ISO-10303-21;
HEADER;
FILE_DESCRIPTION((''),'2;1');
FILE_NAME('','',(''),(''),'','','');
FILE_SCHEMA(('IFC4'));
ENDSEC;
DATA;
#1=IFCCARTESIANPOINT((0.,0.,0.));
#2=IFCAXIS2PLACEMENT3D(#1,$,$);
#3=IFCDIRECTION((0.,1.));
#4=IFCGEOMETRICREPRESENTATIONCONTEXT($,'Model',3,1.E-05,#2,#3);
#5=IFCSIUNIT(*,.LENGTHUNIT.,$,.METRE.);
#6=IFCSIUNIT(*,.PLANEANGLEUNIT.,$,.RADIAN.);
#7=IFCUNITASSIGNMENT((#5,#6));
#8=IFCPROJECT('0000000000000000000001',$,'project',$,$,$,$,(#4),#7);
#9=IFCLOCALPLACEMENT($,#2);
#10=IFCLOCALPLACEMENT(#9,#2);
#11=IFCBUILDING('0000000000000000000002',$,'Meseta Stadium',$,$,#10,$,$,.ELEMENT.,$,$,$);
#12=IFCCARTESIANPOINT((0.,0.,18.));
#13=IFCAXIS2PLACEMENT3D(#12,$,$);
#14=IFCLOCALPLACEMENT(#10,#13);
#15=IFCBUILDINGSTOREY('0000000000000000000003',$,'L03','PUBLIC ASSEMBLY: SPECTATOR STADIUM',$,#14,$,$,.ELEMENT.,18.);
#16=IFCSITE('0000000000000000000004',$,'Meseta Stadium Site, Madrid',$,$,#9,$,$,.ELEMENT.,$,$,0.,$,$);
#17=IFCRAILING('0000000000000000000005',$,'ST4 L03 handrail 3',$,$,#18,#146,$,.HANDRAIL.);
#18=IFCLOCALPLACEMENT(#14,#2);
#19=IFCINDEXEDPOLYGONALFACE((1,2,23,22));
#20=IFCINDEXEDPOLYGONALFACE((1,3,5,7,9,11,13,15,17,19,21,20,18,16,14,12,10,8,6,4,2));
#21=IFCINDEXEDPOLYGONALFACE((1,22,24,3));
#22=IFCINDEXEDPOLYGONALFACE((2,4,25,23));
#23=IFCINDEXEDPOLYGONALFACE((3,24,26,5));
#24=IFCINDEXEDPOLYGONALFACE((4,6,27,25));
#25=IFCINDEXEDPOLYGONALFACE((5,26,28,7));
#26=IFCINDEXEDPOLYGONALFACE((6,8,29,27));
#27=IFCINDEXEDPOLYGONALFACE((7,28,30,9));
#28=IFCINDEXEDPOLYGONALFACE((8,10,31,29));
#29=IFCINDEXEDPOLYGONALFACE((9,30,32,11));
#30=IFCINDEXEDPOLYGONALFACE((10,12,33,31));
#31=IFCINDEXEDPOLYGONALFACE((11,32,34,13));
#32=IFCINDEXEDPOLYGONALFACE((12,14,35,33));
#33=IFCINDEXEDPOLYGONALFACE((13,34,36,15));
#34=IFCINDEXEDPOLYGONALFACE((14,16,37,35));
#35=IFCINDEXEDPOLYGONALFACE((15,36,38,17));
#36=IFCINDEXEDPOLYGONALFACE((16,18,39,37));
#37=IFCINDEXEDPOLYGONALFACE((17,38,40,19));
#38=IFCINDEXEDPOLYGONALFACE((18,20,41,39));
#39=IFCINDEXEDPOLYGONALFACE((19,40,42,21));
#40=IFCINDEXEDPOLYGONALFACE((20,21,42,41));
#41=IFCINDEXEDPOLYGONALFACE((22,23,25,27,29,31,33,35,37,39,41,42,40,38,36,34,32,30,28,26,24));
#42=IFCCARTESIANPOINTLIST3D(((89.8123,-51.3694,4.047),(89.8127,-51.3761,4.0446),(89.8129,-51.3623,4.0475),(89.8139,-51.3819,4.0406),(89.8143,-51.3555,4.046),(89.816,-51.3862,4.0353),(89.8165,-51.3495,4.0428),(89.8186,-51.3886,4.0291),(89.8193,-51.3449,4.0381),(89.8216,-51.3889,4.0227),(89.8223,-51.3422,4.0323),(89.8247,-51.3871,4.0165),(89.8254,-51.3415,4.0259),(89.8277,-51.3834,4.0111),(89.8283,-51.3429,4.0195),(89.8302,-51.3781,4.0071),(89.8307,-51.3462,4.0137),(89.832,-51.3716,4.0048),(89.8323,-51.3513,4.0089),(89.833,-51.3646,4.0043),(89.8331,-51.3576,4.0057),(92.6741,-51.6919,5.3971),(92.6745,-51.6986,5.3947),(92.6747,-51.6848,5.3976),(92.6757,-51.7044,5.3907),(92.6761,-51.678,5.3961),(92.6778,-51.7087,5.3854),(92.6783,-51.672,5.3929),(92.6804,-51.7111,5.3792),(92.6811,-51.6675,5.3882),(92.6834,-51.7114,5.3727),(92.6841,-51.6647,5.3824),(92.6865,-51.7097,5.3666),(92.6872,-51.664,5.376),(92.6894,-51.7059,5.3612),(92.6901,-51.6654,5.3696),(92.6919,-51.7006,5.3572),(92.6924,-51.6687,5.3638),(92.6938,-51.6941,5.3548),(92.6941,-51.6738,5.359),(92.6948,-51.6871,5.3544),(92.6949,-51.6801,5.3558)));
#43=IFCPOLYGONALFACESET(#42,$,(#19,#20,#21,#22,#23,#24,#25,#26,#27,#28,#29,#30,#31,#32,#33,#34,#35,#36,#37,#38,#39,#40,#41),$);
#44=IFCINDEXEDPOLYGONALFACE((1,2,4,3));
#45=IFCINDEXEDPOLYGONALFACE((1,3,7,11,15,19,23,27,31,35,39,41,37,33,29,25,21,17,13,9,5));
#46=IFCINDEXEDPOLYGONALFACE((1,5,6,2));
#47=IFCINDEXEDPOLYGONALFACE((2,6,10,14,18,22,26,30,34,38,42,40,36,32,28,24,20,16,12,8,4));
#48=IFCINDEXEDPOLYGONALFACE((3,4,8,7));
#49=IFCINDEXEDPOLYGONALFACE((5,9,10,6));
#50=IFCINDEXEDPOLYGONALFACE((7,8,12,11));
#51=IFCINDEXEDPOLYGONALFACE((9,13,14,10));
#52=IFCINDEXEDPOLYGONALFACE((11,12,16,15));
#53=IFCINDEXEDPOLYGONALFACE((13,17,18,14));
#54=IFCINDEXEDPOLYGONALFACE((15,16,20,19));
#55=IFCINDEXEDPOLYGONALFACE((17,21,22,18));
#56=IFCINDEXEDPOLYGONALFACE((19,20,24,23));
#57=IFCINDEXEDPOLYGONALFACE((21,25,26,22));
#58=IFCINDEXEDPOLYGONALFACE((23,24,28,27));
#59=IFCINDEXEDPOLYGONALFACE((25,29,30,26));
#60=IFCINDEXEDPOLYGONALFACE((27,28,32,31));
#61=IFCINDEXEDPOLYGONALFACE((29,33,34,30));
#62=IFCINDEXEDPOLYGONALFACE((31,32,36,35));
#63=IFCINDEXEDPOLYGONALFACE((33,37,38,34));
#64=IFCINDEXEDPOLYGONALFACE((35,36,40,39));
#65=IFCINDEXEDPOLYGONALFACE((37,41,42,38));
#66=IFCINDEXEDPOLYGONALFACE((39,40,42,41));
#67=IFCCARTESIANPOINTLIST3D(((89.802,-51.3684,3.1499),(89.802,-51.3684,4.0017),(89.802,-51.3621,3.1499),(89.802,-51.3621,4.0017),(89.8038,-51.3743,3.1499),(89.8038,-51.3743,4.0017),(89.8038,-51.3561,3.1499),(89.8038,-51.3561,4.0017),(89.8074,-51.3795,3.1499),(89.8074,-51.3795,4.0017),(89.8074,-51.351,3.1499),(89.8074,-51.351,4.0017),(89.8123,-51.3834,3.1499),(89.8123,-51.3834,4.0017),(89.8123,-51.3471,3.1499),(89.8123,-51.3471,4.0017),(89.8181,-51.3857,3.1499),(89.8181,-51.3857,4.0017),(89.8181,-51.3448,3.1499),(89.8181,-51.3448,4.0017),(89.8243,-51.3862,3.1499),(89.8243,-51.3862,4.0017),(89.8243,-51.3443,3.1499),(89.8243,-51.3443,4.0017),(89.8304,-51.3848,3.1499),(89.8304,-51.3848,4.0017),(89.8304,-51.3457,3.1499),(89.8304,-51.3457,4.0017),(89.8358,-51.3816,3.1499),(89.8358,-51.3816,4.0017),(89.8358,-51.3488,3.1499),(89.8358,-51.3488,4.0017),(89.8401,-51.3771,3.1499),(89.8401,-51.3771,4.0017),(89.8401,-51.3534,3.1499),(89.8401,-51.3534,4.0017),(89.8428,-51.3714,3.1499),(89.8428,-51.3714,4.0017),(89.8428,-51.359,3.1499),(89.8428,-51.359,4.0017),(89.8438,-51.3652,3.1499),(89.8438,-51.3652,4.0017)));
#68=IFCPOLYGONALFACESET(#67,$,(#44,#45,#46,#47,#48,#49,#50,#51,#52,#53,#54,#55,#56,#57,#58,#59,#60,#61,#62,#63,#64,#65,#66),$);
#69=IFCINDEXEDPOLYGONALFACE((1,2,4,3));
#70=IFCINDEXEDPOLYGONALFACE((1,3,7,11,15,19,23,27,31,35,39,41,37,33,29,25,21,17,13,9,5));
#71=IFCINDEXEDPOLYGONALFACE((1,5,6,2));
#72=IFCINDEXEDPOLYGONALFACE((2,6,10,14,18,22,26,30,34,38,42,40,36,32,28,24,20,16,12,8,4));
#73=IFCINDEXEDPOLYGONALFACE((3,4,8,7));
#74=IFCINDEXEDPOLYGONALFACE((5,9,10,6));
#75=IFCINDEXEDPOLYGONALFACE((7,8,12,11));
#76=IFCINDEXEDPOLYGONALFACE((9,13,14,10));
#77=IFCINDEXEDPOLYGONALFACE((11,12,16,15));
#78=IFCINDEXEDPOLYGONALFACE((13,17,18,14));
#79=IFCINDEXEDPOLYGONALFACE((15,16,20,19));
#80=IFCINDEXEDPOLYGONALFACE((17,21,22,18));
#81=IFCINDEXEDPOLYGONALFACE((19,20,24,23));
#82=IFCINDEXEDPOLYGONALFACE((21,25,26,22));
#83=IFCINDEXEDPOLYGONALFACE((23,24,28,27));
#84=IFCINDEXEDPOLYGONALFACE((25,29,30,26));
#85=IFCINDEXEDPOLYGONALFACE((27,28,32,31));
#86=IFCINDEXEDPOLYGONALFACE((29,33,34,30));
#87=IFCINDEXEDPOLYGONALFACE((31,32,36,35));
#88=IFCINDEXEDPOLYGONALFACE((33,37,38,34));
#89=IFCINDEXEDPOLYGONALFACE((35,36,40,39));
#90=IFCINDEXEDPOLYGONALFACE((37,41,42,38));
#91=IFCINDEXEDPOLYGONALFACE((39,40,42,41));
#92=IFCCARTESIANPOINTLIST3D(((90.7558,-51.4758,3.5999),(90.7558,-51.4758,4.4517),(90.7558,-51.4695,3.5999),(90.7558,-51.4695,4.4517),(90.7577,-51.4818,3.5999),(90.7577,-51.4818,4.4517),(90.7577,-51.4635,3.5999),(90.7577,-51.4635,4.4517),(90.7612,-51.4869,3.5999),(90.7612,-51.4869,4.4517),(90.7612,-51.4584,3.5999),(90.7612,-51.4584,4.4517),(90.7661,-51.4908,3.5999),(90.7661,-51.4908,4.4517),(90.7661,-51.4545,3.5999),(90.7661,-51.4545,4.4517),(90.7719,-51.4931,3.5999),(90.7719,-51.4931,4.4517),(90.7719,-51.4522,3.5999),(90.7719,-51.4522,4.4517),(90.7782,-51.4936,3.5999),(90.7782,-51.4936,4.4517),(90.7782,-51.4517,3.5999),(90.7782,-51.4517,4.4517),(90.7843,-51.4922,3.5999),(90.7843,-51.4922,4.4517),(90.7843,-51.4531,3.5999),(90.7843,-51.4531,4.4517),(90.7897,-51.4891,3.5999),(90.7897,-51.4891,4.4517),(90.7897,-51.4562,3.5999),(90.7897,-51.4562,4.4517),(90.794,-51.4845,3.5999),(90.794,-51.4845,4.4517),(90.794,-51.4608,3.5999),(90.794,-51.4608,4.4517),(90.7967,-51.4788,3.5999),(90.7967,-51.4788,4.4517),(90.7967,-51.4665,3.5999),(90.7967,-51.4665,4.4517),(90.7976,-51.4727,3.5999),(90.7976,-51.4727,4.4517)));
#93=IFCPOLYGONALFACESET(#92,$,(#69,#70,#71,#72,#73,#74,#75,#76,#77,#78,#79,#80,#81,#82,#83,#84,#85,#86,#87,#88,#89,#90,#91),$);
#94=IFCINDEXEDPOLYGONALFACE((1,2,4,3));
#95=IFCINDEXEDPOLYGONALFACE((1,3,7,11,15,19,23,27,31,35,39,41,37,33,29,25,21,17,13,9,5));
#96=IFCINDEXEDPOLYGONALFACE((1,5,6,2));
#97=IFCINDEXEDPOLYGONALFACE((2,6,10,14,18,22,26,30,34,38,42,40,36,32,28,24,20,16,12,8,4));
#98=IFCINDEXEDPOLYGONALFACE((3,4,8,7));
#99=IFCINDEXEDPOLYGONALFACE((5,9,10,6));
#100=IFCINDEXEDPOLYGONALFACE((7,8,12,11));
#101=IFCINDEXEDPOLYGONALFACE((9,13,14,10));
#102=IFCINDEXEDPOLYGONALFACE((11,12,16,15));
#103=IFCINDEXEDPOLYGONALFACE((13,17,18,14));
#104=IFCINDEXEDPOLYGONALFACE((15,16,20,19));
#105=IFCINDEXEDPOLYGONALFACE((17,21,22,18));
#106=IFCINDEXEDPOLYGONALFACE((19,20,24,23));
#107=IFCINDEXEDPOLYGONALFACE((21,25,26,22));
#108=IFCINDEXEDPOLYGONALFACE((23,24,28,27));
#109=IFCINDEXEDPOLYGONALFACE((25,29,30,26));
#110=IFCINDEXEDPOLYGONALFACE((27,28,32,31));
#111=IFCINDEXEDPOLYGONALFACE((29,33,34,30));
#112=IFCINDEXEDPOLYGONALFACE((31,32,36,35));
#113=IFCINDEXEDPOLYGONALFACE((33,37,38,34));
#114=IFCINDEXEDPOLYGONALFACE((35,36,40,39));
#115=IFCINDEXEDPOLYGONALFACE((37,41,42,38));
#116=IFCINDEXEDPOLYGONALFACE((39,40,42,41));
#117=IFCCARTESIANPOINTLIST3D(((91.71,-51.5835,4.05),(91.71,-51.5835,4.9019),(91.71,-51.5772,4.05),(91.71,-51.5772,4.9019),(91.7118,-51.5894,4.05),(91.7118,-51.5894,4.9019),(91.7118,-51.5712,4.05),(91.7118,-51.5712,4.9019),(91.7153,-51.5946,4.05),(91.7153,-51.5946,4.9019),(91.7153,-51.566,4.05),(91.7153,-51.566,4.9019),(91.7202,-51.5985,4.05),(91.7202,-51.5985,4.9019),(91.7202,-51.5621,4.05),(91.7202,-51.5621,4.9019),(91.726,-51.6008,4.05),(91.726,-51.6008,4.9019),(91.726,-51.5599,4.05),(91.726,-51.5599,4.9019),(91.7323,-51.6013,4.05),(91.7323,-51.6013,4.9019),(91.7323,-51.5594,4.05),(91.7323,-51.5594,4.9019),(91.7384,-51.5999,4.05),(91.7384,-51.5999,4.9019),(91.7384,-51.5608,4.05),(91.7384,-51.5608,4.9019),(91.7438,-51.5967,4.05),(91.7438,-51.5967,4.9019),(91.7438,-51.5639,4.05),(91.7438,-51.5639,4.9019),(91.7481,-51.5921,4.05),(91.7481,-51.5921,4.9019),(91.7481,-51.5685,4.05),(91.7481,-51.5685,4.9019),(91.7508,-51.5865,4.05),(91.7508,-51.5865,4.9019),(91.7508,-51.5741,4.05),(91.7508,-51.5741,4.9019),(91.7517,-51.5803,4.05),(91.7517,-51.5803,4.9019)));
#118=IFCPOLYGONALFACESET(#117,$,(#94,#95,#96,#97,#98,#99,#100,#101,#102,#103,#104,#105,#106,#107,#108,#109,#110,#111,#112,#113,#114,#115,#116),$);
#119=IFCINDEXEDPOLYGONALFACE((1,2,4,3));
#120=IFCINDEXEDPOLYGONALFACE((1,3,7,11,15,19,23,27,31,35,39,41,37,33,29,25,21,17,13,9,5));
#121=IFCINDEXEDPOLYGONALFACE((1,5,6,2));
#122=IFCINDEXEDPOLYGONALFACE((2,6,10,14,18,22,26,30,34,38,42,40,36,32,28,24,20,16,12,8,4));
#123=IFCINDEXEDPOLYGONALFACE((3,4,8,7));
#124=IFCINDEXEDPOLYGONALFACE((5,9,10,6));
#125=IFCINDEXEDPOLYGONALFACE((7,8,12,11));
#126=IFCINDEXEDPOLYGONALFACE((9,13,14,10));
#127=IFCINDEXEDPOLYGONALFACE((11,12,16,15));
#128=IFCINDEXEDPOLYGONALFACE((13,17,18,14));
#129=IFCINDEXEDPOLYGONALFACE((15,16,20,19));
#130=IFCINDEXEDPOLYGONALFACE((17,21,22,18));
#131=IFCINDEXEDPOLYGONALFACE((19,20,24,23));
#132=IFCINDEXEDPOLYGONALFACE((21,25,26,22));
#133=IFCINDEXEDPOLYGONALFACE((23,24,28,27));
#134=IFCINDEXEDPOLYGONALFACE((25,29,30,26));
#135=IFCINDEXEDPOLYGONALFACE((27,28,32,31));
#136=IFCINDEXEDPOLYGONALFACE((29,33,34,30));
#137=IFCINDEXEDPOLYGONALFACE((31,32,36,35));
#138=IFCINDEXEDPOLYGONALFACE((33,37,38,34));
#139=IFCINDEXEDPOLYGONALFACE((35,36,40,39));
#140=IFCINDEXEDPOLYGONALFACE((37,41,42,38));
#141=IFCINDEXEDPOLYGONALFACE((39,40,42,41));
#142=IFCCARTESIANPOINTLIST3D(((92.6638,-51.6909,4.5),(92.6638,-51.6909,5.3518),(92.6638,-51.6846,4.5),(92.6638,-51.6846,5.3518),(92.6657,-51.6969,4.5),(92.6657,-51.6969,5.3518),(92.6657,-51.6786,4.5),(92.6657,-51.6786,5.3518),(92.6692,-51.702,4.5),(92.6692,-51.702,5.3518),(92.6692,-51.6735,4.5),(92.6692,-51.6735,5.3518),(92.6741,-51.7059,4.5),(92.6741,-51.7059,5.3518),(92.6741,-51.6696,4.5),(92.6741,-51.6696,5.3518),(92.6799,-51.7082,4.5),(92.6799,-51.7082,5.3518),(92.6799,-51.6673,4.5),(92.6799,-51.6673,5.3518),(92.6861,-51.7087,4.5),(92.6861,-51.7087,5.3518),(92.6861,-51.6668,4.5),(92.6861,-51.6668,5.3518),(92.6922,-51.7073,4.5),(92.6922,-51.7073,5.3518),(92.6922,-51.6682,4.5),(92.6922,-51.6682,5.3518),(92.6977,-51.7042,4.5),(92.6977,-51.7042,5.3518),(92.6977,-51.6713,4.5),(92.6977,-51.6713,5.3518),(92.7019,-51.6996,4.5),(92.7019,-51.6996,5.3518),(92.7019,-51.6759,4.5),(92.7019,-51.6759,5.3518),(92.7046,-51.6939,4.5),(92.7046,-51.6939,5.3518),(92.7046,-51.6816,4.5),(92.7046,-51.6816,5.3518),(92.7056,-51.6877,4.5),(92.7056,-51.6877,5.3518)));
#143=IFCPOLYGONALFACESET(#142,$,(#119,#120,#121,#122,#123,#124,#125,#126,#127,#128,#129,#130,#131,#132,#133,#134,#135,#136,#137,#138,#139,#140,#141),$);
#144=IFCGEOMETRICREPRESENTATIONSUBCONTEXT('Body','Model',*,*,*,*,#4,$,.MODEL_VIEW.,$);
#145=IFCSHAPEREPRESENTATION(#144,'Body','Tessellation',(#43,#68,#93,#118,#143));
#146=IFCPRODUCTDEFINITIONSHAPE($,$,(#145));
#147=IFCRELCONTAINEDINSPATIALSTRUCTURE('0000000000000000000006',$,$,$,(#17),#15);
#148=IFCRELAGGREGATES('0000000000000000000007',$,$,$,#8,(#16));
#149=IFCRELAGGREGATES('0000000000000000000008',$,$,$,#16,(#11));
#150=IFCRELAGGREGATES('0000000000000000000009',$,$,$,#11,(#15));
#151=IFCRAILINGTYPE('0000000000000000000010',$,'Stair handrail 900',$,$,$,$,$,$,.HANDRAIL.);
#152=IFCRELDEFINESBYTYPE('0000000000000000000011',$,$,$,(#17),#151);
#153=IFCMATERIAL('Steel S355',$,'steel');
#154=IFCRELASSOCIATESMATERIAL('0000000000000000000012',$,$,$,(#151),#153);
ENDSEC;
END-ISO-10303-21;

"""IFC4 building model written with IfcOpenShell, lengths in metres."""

from ifc_helpers import new_model, si_unit, direction, frame, origin, origin_2d, place, context, subcontext, project, spatial, circle, extrude, material, type_object, element, save


model = new_model("IFC4")

# Units and contexts
model_context = context("Model", 3, precision=1e-05, world=origin(), true_north=direction((0.0, 1.0)))
body_context = subcontext(model_context, "Body", "Model", "MODEL_VIEW")
ifc_project = project(units=[si_unit("LENGTHUNIT", "METRE"), si_unit("PLANEANGLEUNIT", "RADIAN")], contexts=[model_context])

# Site, building, storey
site_placement = place(None, origin())
site = spatial("IfcSite", under=ifc_project, at=site_placement, Name="Meseta Stadium Site, Madrid", CompositionType="ELEMENT", RefElevation=0.0)
building_placement = place(site_placement, origin())
building = spatial("IfcBuilding", under=site, at=building_placement, Name="Meseta Stadium", CompositionType="ELEMENT")
storey_placement = place(building_placement, frame((0.0, 0.0, 18.0)))
storey = spatial("IfcBuildingStorey", under=building, at=storey_placement, Name="L03", Description="PUBLIC ASSEMBLY: SPECTATOR STADIUM", CompositionType="ELEMENT", Elevation=18.0)

# Railing
ifc_material_1 = material(Name="Steel S355", Category="steel")
railing_type_1 = type_object("IfcRailingType", Name="Stair handrail 900", PredefinedType="HANDRAIL", material=ifc_material_1)
for number, where, name in (
    (1, (89.8228, -51.3652, 3.1499), "ST4 L03 handrail 3"),
):
    element("IfcRailing", number, at=place(storey_placement, frame(where)), inside=storey, type_object=railing_type_1, Name=name, PredefinedType="HANDRAIL", context=body_context, shape_type="SweptSolid", body=[
        extrude(circle(Radius=0.0239, at=origin_2d()), frame((0.0, 0.0, 0.876), z_axis=(0.899748, -0.101396, 0.424467), x_axis=(0.111985, 0.99371, 0.0)), (0.0, 0.0, 1.0), 3.1807),
        extrude(circle(Radius=0.021, at=origin_2d()), origin(), (0.0, 0.0, 1.0), 0.8518),
        extrude(circle(Radius=0.021, at=origin_2d()), frame((0.9539, -0.1074, 0.45)), (0.0, 0.0, 1.0), 0.8518),
        extrude(circle(Radius=0.021, at=origin_2d()), frame((1.908, -0.2151, 0.9001)), (0.0, 0.0, 1.0), 0.8518),
        extrude(circle(Radius=0.021, at=origin_2d()), frame((2.8618, -0.3225, 1.3501)), (0.0, 0.0, 1.0), 0.8518),
    ])

save(model, "model.ifc")
